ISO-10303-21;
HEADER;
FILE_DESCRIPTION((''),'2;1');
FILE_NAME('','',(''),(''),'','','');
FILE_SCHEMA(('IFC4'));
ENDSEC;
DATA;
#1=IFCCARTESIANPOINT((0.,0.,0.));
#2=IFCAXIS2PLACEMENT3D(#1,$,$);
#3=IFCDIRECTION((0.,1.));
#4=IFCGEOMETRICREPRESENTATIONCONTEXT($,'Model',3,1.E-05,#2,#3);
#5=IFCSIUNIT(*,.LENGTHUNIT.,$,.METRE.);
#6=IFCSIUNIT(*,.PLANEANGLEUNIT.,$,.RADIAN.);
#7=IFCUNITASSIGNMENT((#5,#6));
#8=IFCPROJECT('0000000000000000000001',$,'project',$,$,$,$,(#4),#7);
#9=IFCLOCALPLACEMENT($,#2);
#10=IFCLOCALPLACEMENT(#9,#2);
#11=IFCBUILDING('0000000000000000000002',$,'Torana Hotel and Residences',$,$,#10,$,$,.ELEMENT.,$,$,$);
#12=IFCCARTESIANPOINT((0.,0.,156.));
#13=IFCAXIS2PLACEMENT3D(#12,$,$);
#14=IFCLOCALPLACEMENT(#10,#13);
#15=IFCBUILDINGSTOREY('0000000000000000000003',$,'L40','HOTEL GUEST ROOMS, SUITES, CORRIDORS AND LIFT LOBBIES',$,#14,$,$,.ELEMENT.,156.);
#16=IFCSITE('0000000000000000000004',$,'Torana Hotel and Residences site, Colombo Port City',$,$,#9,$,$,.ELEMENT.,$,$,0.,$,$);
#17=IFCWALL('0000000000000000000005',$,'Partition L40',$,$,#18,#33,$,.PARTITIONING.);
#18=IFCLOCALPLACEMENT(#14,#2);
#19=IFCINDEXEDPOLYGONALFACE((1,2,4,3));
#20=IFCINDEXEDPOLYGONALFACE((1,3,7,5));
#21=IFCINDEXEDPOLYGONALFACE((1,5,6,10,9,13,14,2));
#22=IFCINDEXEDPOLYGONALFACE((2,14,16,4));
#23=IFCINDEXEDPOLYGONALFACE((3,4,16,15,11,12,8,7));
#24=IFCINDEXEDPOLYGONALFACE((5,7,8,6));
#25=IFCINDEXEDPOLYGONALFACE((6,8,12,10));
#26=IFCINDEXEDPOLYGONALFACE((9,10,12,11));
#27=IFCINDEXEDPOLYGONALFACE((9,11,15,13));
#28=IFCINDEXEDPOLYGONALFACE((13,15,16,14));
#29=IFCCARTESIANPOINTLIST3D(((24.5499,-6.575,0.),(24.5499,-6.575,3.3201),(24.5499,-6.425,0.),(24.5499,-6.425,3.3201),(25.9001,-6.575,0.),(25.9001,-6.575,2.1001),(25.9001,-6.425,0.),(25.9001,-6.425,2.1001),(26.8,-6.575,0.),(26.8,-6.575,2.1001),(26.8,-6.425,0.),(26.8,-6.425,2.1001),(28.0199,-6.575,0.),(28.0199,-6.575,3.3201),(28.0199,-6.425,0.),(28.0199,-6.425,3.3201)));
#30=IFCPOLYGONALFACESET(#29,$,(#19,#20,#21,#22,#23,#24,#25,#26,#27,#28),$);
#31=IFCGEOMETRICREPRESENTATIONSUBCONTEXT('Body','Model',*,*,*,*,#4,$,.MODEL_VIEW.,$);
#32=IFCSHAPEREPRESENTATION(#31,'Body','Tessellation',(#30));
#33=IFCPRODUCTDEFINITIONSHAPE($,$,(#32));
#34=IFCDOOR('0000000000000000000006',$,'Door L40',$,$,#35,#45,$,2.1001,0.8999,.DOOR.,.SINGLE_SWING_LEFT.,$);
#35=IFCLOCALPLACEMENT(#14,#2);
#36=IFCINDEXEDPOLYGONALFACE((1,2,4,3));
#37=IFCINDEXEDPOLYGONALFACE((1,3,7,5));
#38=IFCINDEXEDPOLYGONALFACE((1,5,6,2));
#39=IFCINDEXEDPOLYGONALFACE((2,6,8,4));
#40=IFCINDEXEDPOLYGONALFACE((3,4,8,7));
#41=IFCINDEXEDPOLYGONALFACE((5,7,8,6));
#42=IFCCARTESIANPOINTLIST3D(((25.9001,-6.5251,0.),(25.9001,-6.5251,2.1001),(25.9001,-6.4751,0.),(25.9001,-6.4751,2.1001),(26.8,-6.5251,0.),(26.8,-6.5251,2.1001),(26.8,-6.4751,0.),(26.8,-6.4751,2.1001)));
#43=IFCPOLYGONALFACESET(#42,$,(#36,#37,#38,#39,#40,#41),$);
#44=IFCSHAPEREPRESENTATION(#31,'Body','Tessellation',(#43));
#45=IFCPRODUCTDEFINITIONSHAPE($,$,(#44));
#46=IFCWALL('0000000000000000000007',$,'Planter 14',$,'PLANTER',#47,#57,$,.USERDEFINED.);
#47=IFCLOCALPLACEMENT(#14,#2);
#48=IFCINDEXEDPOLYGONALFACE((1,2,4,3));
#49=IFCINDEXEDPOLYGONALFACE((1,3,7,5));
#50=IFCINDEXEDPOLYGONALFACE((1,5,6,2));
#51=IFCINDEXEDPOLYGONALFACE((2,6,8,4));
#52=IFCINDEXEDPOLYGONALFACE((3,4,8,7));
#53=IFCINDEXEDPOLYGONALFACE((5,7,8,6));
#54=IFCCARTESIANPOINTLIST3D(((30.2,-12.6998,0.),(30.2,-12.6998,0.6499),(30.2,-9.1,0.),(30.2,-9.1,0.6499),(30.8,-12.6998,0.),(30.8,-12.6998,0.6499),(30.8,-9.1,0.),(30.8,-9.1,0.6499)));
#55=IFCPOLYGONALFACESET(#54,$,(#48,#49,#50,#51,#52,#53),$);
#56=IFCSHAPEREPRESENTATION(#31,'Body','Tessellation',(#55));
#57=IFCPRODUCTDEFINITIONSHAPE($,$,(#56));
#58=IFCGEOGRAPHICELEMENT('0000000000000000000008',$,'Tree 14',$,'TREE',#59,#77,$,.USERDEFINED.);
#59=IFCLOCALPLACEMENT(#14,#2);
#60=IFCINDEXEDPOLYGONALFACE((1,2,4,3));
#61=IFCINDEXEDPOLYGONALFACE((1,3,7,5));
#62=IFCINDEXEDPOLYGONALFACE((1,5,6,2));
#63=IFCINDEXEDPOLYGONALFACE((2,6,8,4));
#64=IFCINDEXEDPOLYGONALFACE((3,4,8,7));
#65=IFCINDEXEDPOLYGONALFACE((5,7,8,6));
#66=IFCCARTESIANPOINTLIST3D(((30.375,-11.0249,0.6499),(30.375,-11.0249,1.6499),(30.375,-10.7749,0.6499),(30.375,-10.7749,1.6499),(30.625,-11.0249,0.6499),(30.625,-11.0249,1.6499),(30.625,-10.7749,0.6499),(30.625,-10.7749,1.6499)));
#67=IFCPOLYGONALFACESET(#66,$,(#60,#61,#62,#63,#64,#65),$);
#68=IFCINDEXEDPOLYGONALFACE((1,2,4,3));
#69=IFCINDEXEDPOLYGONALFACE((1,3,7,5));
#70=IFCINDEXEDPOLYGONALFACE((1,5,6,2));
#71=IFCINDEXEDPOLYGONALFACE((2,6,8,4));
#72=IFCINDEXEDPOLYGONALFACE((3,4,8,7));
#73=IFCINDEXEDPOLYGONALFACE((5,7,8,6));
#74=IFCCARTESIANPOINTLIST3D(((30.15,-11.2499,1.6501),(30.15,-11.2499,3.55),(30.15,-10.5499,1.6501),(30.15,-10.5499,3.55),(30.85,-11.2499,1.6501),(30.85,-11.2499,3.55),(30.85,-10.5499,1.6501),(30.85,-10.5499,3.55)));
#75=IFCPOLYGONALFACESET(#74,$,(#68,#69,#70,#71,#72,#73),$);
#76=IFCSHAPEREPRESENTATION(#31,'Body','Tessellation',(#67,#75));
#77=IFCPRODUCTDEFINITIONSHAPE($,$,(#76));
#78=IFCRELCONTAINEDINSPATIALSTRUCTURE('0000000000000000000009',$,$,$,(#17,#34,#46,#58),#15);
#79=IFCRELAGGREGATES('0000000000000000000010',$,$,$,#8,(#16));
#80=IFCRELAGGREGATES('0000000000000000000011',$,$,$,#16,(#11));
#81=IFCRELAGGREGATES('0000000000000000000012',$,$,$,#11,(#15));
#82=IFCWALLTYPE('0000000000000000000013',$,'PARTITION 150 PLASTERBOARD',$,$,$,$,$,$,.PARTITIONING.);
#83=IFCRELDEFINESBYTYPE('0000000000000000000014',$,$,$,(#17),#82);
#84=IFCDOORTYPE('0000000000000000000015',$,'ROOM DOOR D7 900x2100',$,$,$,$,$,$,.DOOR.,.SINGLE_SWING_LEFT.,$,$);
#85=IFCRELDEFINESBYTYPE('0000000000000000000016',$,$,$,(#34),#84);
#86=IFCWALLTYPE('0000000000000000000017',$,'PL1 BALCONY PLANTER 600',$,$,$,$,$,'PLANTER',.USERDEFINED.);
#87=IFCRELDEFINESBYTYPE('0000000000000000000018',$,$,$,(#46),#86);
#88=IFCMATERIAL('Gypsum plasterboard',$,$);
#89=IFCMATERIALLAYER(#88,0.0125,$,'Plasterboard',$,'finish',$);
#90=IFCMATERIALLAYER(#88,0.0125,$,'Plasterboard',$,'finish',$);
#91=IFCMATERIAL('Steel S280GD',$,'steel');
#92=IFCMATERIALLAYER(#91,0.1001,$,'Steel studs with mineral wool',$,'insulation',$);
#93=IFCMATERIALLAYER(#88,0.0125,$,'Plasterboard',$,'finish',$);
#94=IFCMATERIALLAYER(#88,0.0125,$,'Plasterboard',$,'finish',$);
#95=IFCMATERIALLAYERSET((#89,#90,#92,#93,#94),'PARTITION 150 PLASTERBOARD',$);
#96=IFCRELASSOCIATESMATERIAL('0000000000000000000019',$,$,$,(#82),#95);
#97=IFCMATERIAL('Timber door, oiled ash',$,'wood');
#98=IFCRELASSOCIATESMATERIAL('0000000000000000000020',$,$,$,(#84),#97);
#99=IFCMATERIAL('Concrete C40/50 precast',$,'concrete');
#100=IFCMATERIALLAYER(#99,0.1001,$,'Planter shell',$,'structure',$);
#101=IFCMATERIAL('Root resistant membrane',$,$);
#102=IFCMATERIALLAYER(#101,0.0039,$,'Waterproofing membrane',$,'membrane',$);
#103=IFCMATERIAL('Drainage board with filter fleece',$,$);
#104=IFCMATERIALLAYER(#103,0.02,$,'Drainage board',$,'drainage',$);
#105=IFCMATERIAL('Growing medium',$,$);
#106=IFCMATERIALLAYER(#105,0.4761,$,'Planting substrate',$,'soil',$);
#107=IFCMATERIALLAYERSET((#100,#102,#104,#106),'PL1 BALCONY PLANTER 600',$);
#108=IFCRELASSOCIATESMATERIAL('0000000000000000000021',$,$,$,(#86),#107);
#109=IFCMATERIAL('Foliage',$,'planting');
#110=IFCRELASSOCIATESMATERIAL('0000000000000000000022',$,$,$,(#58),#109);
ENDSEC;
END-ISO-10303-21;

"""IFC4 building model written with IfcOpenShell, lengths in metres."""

from ifc_helpers import new_model, si_unit, direction, frame, frame_2d, origin, origin_2d, place, context, subcontext, project, spatial, rectangle, extrude, material, layer, layer_set, type_object, element, fill, save


model = new_model("IFC4")

# Units and contexts
model_context = context("Model", 3, precision=1e-05, world=origin(), true_north=direction((0.0, 1.0)))
body_context = subcontext(model_context, "Body", "Model", "MODEL_VIEW")
ifc_project = project(units=[si_unit("LENGTHUNIT", "METRE"), si_unit("PLANEANGLEUNIT", "RADIAN")], contexts=[model_context])

# Site, building, storey
site_placement = place(None, origin())
site = spatial("IfcSite", under=ifc_project, at=site_placement, Name="Torana Hotel and Residences site, Colombo Port City", CompositionType="ELEMENT", RefElevation=0.0)
building_placement = place(site_placement, origin())
building = spatial("IfcBuilding", under=site, at=building_placement, Name="Torana Hotel and Residences", CompositionType="ELEMENT")
storey_placement = place(building_placement, frame((0.0, 0.0, 156.0)))
storey = spatial("IfcBuildingStorey", under=building, at=storey_placement, Name="L40", Description="HOTEL GUEST ROOMS, SUITES, CORRIDORS AND LIFT LOBBIES", CompositionType="ELEMENT", Elevation=156.0)

# Shared definitions
ifc_material_1 = material(Name="Steel S280GD", Category="steel")

# Shared definitions
ifc_material_2 = material(Name="Concrete C40/50 precast", Category="concrete")

# Shared definitions
ifc_material_3 = material(Name="Gypsum plasterboard")
ifc_layer_1 = layer(ifc_material_3, 0.0125, Name="Plasterboard", Category="finish")
ifc_layer_2 = layer(ifc_material_3, 0.0125, Name="Plasterboard", Category="finish")
ifc_layer_3 = layer(ifc_material_1, 0.1001, Name="Steel studs with mineral wool", Category="insulation")
ifc_layer_4 = layer(ifc_material_3, 0.0125, Name="Plasterboard", Category="finish")
ifc_layer_5 = layer(ifc_material_3, 0.0125, Name="Plasterboard", Category="finish")
ifc_layer_set_1 = layer_set([ifc_layer_1, ifc_layer_2, ifc_layer_3, ifc_layer_4, ifc_layer_5], Name="PARTITION 150 PLASTERBOARD")
wall_type_1 = type_object("IfcWallType", Name="PARTITION 150 PLASTERBOARD", PredefinedType="PARTITIONING", material=ifc_layer_set_1)

# Wall, opening, door
wall_1_placement = place(storey_placement, frame((24.55, -6.5, 0.0), z_axis=(0.0, 0.0, 1.0), x_axis=(1.0, 0.0, 0.0)))
wall_1 = element("IfcWall", 1, at=wall_1_placement, inside=storey, type_object=wall_type_1, Name="Partition L40", PredefinedType="PARTITIONING", context=body_context, shape_type="SweptSolid", body=[
    extrude(rectangle(XDim=3.47, YDim=0.1499, at=frame_2d((1.7349, 0.0))), origin(), (0.0, 0.0, 1.0), 3.3201),
])
opening_1_placement = place(wall_1_placement, frame((1.3501, 0.0, 0.0)))
opening_1 = element("IfcOpeningElement", 2, at=opening_1_placement, cuts=wall_1, PredefinedType="OPENING", context=body_context, shape_type="SweptSolid", body=[
    extrude(rectangle(XDim=0.8999, YDim=2.1001, at=frame_2d((0.45, 1.05))), frame((0.0, 0.085, 0.0), z_axis=(0.0, -1.0, 0.0), x_axis=(1.0, 0.0, 0.0)), (0.0, 0.0, 1.0), 0.1699),
])
ifc_material_4 = material(Name="Timber door, oiled ash", Category="wood")
door_type_1 = type_object("IfcDoorType", Name="ROOM DOOR D7 900x2100", OperationType="SINGLE_SWING_LEFT", PredefinedType="DOOR", material=ifc_material_4)
door_1_placement = place(opening_1_placement, origin())
door_1 = element("IfcDoor", 3, at=door_1_placement, inside=storey, type_object=door_type_1, Name="Door L40", OperationType="SINGLE_SWING_LEFT", OverallHeight=2.1001, OverallWidth=0.8999, PredefinedType="DOOR", context=body_context, shape_type="SweptSolid", body=[
    extrude(rectangle(XDim=0.8999, YDim=2.1001, at=frame_2d((0.45, 1.05))), frame((0.0, 0.0249, 0.0), z_axis=(0.0, -1.0, 0.0), x_axis=(1.0, 0.0, 0.0)), (0.0, 0.0, 1.0), 0.05),
])
fill(opening_1, door_1)

# Wall
ifc_layer_6 = layer(ifc_material_2, 0.1001, Name="Planter shell", Category="structure")
ifc_material_5 = material(Name="Root resistant membrane")
ifc_layer_7 = layer(ifc_material_5, 0.0039, Name="Waterproofing membrane", Category="membrane")
ifc_material_6 = material(Name="Drainage board with filter fleece")
ifc_layer_8 = layer(ifc_material_6, 0.02, Name="Drainage board", Category="drainage")
ifc_material_7 = material(Name="Growing medium")
ifc_layer_9 = layer(ifc_material_7, 0.4761, Name="Planting substrate", Category="soil")
ifc_layer_set_2 = layer_set([ifc_layer_6, ifc_layer_7, ifc_layer_8, ifc_layer_9], Name="PL1 BALCONY PLANTER 600")
wall_type_2 = type_object("IfcWallType", Name="PL1 BALCONY PLANTER 600", ElementType="PLANTER", PredefinedType="USERDEFINED", material=ifc_layer_set_2)
wall_2_placement = place(storey_placement, frame((30.5, -9.1001, 0.0), z_axis=(0.0, 0.0, 1.0), x_axis=(0.0, -1.0, 0.0)))
element("IfcWall", 4, at=wall_2_placement, inside=storey, type_object=wall_type_2, Name="Planter 14", ObjectType="PLANTER", PredefinedType="USERDEFINED", context=body_context, shape_type="SweptSolid", body=[
    extrude(rectangle(XDim=3.5999, YDim=0.6001, at=frame_2d((1.7998, 0.0))), origin(), (0.0, 0.0, 1.0), 0.6499),
])

# Geographic element
ifc_material_8 = material(Name="Foliage", Category="planting")
geographic_element_placement = place(storey_placement, frame((30.5, -10.8999, 0.6499), z_axis=(0.0, 0.0, 1.0), x_axis=(1.0, 0.0, 0.0)))
element("IfcGeographicElement", 5, at=geographic_element_placement, inside=storey, material=ifc_material_8, Name="Tree 14", ObjectType="TREE", PredefinedType="USERDEFINED", context=body_context, shape_type="SweptSolid", body=[
    extrude(rectangle(XDim=0.25, YDim=0.25, at=origin_2d()), origin(), (0.0, 0.0, 1.0), 1.0),
    extrude(rectangle(XDim=0.7, YDim=0.7, at=origin_2d()), frame((0.0, 0.0, 1.0002)), (0.0, 0.0, 1.0), 1.8999),
])

save(model, "model.ifc")
